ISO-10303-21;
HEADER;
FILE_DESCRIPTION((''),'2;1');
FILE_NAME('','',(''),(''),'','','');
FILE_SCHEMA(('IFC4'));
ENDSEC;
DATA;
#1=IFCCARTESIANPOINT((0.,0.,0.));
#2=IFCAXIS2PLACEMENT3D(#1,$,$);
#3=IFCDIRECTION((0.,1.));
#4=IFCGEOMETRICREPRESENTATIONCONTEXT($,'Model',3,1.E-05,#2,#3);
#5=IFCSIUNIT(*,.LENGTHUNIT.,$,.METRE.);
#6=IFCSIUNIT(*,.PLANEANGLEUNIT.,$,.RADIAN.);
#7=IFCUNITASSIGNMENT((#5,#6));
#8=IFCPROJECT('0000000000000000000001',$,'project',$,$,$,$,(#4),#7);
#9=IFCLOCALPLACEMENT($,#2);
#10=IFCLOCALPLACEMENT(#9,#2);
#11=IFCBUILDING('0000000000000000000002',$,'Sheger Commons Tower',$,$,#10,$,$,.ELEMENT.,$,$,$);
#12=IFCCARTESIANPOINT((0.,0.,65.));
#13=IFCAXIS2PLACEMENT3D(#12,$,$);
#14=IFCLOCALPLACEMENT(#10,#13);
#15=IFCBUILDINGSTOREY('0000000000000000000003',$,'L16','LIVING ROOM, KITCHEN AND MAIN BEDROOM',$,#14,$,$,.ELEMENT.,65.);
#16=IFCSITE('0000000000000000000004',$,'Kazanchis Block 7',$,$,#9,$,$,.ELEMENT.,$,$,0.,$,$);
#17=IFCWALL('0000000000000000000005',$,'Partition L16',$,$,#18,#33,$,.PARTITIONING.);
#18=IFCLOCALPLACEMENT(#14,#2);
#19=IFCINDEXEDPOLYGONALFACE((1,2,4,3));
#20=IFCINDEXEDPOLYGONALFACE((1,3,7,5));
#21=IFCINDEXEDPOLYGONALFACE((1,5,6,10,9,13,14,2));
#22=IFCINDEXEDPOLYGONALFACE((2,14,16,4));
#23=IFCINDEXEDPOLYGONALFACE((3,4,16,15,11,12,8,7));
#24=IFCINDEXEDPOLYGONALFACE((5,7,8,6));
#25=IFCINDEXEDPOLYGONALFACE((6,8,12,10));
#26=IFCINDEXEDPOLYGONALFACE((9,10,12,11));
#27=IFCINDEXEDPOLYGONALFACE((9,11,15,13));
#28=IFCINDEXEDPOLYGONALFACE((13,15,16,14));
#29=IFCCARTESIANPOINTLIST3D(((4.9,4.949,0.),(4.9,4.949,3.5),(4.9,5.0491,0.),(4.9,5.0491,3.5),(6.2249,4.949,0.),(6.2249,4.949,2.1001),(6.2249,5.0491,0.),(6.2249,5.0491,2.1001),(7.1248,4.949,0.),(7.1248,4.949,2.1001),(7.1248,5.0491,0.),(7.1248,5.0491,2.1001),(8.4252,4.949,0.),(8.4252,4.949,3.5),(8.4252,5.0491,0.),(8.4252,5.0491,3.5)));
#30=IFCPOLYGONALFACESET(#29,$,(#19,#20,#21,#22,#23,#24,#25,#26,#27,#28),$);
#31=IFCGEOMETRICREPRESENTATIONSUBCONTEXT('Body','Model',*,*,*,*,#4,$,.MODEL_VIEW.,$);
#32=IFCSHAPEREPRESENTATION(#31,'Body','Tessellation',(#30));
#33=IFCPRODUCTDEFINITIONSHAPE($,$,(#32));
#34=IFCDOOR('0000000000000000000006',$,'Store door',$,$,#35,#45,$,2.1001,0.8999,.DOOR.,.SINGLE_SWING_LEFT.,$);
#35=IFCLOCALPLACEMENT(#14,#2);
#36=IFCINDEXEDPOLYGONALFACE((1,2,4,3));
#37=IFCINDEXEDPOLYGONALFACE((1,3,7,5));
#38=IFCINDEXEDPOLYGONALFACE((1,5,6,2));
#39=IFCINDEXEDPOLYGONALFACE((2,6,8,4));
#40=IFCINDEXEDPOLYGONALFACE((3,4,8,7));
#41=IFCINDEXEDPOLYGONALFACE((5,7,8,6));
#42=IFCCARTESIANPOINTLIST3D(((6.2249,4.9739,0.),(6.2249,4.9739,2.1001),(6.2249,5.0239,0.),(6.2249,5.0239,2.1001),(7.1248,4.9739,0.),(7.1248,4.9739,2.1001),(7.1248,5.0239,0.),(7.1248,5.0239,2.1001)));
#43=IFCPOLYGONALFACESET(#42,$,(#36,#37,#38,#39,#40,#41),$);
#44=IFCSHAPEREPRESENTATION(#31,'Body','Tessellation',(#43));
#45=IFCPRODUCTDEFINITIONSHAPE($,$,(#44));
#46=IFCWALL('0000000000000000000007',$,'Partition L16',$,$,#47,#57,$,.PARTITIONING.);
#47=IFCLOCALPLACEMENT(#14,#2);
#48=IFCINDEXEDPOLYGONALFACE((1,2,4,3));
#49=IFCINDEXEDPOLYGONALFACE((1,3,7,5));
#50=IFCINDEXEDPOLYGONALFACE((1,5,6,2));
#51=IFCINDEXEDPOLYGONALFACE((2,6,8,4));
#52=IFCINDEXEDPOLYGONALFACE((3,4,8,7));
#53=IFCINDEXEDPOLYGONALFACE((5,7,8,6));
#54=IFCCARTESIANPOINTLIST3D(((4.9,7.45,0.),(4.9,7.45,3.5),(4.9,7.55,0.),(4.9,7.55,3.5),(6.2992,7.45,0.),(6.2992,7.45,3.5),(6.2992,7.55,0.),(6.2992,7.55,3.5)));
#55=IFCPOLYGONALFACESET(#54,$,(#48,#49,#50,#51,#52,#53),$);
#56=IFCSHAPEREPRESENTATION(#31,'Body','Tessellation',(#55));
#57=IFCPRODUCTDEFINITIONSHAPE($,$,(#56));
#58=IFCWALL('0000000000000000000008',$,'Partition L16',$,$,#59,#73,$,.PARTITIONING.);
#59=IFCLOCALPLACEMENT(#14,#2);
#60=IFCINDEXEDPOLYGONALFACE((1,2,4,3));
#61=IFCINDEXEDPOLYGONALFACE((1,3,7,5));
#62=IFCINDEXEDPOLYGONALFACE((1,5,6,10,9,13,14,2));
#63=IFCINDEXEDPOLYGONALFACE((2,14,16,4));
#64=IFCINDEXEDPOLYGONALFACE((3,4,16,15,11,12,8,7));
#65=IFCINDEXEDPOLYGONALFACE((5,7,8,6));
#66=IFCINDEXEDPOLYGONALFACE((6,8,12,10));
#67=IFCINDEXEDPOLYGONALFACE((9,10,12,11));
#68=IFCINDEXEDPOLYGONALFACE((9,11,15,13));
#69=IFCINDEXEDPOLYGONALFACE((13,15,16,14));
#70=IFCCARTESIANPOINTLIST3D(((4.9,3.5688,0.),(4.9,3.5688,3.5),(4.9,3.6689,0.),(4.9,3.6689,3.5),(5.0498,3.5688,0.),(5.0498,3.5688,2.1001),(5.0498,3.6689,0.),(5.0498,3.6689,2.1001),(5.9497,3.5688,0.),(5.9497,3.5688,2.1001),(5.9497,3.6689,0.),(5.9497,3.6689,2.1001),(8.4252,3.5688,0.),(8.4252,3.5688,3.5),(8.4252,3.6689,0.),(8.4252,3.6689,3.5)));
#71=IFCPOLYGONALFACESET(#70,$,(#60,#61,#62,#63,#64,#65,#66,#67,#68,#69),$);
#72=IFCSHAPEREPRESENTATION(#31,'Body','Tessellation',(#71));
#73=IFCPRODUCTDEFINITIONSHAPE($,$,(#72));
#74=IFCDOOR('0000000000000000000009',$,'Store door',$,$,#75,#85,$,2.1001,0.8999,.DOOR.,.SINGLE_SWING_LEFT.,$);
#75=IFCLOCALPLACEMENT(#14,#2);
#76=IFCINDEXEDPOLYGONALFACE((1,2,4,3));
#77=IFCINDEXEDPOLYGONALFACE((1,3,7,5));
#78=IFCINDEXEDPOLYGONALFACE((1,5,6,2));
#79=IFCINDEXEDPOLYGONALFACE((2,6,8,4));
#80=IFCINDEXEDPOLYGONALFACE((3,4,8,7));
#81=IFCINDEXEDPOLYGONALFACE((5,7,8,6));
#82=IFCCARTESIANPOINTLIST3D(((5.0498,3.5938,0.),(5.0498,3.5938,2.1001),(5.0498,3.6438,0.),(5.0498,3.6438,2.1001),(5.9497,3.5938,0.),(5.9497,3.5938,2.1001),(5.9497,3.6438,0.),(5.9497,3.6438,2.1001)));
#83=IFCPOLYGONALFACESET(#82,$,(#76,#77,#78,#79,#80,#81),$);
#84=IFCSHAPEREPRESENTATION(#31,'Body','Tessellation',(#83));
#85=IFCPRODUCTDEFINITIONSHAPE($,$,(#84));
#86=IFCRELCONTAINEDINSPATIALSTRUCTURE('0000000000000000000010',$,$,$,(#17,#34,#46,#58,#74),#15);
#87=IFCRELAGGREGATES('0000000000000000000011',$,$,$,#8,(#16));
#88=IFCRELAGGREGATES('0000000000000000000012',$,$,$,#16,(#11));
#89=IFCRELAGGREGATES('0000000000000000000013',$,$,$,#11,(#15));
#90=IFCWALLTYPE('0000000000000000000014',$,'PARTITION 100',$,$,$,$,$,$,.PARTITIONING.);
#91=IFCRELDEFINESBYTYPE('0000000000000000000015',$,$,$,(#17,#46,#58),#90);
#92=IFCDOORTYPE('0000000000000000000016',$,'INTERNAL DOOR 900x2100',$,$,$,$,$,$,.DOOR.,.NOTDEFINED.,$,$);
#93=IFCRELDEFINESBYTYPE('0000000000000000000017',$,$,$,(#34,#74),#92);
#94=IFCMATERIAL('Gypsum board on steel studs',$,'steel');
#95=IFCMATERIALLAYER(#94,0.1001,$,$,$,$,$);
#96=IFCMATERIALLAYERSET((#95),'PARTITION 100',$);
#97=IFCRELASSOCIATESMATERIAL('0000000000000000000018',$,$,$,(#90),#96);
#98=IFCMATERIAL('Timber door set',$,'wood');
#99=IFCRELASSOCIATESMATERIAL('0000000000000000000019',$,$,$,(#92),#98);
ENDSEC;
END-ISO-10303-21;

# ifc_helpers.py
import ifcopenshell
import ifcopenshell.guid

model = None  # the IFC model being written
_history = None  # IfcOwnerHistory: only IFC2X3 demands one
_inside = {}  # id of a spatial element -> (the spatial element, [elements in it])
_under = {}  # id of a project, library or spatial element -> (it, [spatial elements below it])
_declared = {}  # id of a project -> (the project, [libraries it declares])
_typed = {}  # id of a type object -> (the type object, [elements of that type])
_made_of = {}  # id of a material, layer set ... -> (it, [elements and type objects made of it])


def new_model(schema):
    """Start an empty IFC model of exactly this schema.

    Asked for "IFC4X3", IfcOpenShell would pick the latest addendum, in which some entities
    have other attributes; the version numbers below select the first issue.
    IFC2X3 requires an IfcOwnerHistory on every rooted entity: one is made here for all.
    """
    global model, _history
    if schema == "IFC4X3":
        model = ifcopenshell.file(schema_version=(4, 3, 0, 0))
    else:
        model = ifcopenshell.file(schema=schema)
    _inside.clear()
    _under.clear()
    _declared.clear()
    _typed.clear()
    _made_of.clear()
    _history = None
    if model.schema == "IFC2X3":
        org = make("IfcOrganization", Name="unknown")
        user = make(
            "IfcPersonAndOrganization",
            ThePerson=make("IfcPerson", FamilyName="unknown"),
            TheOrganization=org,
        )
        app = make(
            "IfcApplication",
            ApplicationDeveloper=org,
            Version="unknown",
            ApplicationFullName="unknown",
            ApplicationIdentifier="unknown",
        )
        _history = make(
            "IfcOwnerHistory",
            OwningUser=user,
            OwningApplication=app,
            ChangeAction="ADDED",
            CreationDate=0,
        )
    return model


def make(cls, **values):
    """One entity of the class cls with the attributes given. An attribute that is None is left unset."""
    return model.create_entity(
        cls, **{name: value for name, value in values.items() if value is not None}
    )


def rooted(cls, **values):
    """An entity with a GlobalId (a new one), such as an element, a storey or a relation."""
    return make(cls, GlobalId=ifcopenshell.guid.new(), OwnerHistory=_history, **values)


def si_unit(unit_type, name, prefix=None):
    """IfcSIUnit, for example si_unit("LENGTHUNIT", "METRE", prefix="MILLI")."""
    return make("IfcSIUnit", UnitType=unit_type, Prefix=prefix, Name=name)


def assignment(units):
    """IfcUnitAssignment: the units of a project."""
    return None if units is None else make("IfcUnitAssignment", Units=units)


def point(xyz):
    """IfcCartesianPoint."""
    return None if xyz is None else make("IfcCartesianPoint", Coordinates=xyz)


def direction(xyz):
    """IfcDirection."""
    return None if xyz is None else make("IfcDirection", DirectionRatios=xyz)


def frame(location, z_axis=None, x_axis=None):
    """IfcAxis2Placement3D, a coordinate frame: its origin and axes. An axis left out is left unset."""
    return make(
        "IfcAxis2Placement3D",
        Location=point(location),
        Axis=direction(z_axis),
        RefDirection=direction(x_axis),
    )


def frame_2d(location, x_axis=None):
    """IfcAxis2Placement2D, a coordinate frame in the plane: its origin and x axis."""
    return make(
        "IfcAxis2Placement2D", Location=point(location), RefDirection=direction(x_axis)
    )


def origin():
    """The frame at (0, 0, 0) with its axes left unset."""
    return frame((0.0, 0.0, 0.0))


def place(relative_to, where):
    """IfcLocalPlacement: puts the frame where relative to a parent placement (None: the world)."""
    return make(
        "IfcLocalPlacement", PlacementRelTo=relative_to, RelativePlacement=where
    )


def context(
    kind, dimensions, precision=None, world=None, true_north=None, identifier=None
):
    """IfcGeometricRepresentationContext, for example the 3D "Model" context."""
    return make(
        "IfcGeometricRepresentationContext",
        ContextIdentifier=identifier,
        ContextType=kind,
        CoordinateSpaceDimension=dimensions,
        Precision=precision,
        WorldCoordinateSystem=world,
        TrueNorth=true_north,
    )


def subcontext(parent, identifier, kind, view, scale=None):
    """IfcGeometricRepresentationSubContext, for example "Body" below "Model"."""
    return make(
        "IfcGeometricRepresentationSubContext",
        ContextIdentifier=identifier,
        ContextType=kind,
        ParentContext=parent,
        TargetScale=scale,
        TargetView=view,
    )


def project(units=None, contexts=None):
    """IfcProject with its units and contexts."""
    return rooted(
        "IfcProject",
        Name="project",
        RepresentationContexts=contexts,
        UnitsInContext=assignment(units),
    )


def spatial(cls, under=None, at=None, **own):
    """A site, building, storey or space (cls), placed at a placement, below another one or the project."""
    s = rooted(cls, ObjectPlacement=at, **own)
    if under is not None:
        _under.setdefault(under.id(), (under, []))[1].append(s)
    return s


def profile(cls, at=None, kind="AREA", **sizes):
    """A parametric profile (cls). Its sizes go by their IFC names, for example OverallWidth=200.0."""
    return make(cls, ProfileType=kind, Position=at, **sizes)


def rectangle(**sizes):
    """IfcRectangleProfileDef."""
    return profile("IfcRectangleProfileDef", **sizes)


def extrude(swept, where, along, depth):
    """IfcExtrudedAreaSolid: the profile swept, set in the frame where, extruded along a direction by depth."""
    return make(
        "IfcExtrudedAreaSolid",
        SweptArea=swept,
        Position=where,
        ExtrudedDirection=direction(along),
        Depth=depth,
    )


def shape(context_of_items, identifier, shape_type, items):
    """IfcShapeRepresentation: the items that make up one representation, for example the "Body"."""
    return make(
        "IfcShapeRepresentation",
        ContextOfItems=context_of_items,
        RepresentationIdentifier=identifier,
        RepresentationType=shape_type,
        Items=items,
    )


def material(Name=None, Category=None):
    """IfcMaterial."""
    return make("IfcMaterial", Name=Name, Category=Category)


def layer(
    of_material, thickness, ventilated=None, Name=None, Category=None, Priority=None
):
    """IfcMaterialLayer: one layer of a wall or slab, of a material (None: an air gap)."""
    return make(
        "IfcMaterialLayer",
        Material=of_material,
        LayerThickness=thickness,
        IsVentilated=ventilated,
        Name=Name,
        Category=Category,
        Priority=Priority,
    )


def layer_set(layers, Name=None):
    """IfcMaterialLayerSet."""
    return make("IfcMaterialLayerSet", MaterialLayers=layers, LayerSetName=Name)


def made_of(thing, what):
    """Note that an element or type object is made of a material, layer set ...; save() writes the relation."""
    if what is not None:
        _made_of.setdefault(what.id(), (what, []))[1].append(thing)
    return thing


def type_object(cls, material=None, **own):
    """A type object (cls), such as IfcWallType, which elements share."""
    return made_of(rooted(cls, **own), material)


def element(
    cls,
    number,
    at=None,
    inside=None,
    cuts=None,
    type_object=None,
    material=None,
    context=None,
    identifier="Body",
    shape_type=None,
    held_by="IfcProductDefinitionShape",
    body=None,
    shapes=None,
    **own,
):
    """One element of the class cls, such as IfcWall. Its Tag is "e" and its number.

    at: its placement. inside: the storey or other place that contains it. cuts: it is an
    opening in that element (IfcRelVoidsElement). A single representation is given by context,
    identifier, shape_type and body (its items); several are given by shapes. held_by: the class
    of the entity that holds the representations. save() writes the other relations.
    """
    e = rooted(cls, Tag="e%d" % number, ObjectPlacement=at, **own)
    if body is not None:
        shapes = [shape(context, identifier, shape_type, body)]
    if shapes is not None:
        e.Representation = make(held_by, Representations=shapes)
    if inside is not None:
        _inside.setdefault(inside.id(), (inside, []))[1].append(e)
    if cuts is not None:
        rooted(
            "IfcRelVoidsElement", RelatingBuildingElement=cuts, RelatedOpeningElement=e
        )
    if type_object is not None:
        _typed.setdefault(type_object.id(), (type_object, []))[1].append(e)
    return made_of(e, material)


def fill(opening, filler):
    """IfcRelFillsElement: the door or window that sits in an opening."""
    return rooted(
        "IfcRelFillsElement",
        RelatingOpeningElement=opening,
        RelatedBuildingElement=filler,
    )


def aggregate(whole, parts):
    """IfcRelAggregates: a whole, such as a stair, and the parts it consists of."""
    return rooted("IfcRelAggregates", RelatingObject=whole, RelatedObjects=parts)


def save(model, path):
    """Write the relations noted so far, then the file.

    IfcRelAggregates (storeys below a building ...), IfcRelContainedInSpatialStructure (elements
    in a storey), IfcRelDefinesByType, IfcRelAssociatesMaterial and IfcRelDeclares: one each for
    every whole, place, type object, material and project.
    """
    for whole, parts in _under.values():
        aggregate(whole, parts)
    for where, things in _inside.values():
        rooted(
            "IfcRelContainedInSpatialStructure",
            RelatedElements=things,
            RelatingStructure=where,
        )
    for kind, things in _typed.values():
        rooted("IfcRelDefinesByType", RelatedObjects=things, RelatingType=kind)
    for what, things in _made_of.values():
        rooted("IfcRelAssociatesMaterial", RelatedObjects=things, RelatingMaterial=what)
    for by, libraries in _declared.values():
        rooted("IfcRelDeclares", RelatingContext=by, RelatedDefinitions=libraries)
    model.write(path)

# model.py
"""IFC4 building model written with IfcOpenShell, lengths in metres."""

from ifc_helpers import new_model, si_unit, direction, frame, frame_2d, origin, place, context, subcontext, project, spatial, rectangle, extrude, material, layer, layer_set, type_object, element, fill, save


model = new_model("IFC4")

# Units and contexts
model_context = context("Model", 3, precision=1e-05, world=origin(), true_north=direction((0.0, 1.0)))
body_context = subcontext(model_context, "Body", "Model", "MODEL_VIEW")
ifc_project = project(units=[si_unit("LENGTHUNIT", "METRE"), si_unit("PLANEANGLEUNIT", "RADIAN")], contexts=[model_context])

# Site, building, storey
site_placement = place(None, origin())
site = spatial("IfcSite", under=ifc_project, at=site_placement, Name="Kazanchis Block 7", CompositionType="ELEMENT", RefElevation=0.0)
building_placement = place(site_placement, origin())
building = spatial("IfcBuilding", under=site, at=building_placement, Name="Sheger Commons Tower", CompositionType="ELEMENT")
storey_placement = place(building_placement, frame((0.0, 0.0, 65.0)))
storey = spatial("IfcBuildingStorey", under=building, at=storey_placement, Name="L16", Description="LIVING ROOM, KITCHEN AND MAIN BEDROOM", CompositionType="ELEMENT", Elevation=65.0)

# Shared definitions
ifc_material_1 = material(Name="Gypsum board on steel studs", Category="steel")
ifc_layer_1 = layer(ifc_material_1, 0.1001)
ifc_layer_set_1 = layer_set([ifc_layer_1], Name="PARTITION 100")
wall_type_1 = type_object("IfcWallType", Name="PARTITION 100", PredefinedType="PARTITIONING", material=ifc_layer_set_1)
ifc_material_2 = material(Name="Timber door set", Category="wood")
door_type = type_object("IfcDoorType", Name="INTERNAL DOOR 900x2100", OperationType="NOTDEFINED", PredefinedType="DOOR", material=ifc_material_2)

# Wall, opening, door
wall_1_placement = place(storey_placement, frame((4.8999, 4.999, 0.0), z_axis=(0.0, 0.0, 1.0), x_axis=(1.0, 0.0, 0.0)))
wall_1 = element("IfcWall", 1, at=wall_1_placement, inside=storey, type_object=wall_type_1, Name="Partition L16", PredefinedType="PARTITIONING", context=body_context, shape_type="SweptSolid", body=[
    extrude(rectangle(XDim=3.5251, YDim=0.1001, at=frame_2d((1.7627, 0.0))), origin(), (0.0, 0.0, 1.0), 3.5),
])
opening_1_placement = place(wall_1_placement, frame((1.325, 0.0, 0.0)))
opening_1 = element("IfcOpeningElement", 2, at=opening_1_placement, cuts=wall_1, PredefinedType="OPENING", context=body_context, shape_type="SweptSolid", body=[
    extrude(rectangle(XDim=0.8999, YDim=2.1001, at=frame_2d((0.45, 1.05))), frame((0.0, 0.0601, 0.0), z_axis=(0.0, -1.0, 0.0), x_axis=(1.0, 0.0, 0.0)), (0.0, 0.0, 1.0), 0.1201),
])
door_1_placement = place(opening_1_placement, origin())
door_1 = element("IfcDoor", 3, at=door_1_placement, inside=storey, type_object=door_type, Name="Store door", OperationType="SINGLE_SWING_LEFT", OverallHeight=2.1001, OverallWidth=0.8999, PredefinedType="DOOR", context=body_context, shape_type="SweptSolid", body=[
    extrude(rectangle(XDim=0.8999, YDim=2.1001, at=frame_2d((0.45, 1.05))), frame((0.0, 0.0249, 0.0), z_axis=(0.0, -1.0, 0.0), x_axis=(1.0, 0.0, 0.0)), (0.0, 0.0, 1.0), 0.05),
])
fill(opening_1, door_1)

# Wall
wall_2_placement = place(storey_placement, frame((4.8999, 7.5, 0.0), z_axis=(0.0, 0.0, 1.0), x_axis=(1.0, 0.0, 0.0)))
element("IfcWall", 4, at=wall_2_placement, inside=storey, type_object=wall_type_1, Name="Partition L16", PredefinedType="PARTITIONING", context=body_context, shape_type="SweptSolid", body=[
    extrude(rectangle(XDim=1.3992, YDim=0.1001, at=frame_2d((0.6997, 0.0))), origin(), (0.0, 0.0, 1.0), 3.5),
])

# Wall, opening, door
wall_3_placement = place(storey_placement, frame((4.8999, 3.6189, 0.0), z_axis=(0.0, 0.0, 1.0), x_axis=(1.0, 0.0, 0.0)))
wall_3 = element("IfcWall", 5, at=wall_3_placement, inside=storey, type_object=wall_type_1, Name="Partition L16", PredefinedType="PARTITIONING", context=body_context, shape_type="SweptSolid", body=[
    extrude(rectangle(XDim=3.5251, YDim=0.1001, at=frame_2d((1.7627, 0.0))), origin(), (0.0, 0.0, 1.0), 3.5),
])
opening_2_placement = place(wall_3_placement, frame((0.1499, 0.0, 0.0)))
opening_2 = element("IfcOpeningElement", 6, at=opening_2_placement, cuts=wall_3, PredefinedType="OPENING", context=body_context, shape_type="SweptSolid", body=[
    extrude(rectangle(XDim=0.8999, YDim=2.1001, at=frame_2d((0.45, 1.05))), frame((0.0, 0.0601, 0.0), z_axis=(0.0, -1.0, 0.0), x_axis=(1.0, 0.0, 0.0)), (0.0, 0.0, 1.0), 0.1201),
])
door_2_placement = place(opening_2_placement, origin())
door_2 = element("IfcDoor", 7, at=door_2_placement, inside=storey, type_object=door_type, Name="Store door", OperationType="SINGLE_SWING_LEFT", OverallHeight=2.1001, OverallWidth=0.8999, PredefinedType="DOOR", context=body_context, shape_type="SweptSolid", body=[
    extrude(rectangle(XDim=0.8999, YDim=2.1001, at=frame_2d((0.45, 1.05))), frame((0.0, 0.0249, 0.0), z_axis=(0.0, -1.0, 0.0), x_axis=(1.0, 0.0, 0.0)), (0.0, 0.0, 1.0), 0.05),
])
fill(opening_2, door_2)

save(model, "model.ifc")
